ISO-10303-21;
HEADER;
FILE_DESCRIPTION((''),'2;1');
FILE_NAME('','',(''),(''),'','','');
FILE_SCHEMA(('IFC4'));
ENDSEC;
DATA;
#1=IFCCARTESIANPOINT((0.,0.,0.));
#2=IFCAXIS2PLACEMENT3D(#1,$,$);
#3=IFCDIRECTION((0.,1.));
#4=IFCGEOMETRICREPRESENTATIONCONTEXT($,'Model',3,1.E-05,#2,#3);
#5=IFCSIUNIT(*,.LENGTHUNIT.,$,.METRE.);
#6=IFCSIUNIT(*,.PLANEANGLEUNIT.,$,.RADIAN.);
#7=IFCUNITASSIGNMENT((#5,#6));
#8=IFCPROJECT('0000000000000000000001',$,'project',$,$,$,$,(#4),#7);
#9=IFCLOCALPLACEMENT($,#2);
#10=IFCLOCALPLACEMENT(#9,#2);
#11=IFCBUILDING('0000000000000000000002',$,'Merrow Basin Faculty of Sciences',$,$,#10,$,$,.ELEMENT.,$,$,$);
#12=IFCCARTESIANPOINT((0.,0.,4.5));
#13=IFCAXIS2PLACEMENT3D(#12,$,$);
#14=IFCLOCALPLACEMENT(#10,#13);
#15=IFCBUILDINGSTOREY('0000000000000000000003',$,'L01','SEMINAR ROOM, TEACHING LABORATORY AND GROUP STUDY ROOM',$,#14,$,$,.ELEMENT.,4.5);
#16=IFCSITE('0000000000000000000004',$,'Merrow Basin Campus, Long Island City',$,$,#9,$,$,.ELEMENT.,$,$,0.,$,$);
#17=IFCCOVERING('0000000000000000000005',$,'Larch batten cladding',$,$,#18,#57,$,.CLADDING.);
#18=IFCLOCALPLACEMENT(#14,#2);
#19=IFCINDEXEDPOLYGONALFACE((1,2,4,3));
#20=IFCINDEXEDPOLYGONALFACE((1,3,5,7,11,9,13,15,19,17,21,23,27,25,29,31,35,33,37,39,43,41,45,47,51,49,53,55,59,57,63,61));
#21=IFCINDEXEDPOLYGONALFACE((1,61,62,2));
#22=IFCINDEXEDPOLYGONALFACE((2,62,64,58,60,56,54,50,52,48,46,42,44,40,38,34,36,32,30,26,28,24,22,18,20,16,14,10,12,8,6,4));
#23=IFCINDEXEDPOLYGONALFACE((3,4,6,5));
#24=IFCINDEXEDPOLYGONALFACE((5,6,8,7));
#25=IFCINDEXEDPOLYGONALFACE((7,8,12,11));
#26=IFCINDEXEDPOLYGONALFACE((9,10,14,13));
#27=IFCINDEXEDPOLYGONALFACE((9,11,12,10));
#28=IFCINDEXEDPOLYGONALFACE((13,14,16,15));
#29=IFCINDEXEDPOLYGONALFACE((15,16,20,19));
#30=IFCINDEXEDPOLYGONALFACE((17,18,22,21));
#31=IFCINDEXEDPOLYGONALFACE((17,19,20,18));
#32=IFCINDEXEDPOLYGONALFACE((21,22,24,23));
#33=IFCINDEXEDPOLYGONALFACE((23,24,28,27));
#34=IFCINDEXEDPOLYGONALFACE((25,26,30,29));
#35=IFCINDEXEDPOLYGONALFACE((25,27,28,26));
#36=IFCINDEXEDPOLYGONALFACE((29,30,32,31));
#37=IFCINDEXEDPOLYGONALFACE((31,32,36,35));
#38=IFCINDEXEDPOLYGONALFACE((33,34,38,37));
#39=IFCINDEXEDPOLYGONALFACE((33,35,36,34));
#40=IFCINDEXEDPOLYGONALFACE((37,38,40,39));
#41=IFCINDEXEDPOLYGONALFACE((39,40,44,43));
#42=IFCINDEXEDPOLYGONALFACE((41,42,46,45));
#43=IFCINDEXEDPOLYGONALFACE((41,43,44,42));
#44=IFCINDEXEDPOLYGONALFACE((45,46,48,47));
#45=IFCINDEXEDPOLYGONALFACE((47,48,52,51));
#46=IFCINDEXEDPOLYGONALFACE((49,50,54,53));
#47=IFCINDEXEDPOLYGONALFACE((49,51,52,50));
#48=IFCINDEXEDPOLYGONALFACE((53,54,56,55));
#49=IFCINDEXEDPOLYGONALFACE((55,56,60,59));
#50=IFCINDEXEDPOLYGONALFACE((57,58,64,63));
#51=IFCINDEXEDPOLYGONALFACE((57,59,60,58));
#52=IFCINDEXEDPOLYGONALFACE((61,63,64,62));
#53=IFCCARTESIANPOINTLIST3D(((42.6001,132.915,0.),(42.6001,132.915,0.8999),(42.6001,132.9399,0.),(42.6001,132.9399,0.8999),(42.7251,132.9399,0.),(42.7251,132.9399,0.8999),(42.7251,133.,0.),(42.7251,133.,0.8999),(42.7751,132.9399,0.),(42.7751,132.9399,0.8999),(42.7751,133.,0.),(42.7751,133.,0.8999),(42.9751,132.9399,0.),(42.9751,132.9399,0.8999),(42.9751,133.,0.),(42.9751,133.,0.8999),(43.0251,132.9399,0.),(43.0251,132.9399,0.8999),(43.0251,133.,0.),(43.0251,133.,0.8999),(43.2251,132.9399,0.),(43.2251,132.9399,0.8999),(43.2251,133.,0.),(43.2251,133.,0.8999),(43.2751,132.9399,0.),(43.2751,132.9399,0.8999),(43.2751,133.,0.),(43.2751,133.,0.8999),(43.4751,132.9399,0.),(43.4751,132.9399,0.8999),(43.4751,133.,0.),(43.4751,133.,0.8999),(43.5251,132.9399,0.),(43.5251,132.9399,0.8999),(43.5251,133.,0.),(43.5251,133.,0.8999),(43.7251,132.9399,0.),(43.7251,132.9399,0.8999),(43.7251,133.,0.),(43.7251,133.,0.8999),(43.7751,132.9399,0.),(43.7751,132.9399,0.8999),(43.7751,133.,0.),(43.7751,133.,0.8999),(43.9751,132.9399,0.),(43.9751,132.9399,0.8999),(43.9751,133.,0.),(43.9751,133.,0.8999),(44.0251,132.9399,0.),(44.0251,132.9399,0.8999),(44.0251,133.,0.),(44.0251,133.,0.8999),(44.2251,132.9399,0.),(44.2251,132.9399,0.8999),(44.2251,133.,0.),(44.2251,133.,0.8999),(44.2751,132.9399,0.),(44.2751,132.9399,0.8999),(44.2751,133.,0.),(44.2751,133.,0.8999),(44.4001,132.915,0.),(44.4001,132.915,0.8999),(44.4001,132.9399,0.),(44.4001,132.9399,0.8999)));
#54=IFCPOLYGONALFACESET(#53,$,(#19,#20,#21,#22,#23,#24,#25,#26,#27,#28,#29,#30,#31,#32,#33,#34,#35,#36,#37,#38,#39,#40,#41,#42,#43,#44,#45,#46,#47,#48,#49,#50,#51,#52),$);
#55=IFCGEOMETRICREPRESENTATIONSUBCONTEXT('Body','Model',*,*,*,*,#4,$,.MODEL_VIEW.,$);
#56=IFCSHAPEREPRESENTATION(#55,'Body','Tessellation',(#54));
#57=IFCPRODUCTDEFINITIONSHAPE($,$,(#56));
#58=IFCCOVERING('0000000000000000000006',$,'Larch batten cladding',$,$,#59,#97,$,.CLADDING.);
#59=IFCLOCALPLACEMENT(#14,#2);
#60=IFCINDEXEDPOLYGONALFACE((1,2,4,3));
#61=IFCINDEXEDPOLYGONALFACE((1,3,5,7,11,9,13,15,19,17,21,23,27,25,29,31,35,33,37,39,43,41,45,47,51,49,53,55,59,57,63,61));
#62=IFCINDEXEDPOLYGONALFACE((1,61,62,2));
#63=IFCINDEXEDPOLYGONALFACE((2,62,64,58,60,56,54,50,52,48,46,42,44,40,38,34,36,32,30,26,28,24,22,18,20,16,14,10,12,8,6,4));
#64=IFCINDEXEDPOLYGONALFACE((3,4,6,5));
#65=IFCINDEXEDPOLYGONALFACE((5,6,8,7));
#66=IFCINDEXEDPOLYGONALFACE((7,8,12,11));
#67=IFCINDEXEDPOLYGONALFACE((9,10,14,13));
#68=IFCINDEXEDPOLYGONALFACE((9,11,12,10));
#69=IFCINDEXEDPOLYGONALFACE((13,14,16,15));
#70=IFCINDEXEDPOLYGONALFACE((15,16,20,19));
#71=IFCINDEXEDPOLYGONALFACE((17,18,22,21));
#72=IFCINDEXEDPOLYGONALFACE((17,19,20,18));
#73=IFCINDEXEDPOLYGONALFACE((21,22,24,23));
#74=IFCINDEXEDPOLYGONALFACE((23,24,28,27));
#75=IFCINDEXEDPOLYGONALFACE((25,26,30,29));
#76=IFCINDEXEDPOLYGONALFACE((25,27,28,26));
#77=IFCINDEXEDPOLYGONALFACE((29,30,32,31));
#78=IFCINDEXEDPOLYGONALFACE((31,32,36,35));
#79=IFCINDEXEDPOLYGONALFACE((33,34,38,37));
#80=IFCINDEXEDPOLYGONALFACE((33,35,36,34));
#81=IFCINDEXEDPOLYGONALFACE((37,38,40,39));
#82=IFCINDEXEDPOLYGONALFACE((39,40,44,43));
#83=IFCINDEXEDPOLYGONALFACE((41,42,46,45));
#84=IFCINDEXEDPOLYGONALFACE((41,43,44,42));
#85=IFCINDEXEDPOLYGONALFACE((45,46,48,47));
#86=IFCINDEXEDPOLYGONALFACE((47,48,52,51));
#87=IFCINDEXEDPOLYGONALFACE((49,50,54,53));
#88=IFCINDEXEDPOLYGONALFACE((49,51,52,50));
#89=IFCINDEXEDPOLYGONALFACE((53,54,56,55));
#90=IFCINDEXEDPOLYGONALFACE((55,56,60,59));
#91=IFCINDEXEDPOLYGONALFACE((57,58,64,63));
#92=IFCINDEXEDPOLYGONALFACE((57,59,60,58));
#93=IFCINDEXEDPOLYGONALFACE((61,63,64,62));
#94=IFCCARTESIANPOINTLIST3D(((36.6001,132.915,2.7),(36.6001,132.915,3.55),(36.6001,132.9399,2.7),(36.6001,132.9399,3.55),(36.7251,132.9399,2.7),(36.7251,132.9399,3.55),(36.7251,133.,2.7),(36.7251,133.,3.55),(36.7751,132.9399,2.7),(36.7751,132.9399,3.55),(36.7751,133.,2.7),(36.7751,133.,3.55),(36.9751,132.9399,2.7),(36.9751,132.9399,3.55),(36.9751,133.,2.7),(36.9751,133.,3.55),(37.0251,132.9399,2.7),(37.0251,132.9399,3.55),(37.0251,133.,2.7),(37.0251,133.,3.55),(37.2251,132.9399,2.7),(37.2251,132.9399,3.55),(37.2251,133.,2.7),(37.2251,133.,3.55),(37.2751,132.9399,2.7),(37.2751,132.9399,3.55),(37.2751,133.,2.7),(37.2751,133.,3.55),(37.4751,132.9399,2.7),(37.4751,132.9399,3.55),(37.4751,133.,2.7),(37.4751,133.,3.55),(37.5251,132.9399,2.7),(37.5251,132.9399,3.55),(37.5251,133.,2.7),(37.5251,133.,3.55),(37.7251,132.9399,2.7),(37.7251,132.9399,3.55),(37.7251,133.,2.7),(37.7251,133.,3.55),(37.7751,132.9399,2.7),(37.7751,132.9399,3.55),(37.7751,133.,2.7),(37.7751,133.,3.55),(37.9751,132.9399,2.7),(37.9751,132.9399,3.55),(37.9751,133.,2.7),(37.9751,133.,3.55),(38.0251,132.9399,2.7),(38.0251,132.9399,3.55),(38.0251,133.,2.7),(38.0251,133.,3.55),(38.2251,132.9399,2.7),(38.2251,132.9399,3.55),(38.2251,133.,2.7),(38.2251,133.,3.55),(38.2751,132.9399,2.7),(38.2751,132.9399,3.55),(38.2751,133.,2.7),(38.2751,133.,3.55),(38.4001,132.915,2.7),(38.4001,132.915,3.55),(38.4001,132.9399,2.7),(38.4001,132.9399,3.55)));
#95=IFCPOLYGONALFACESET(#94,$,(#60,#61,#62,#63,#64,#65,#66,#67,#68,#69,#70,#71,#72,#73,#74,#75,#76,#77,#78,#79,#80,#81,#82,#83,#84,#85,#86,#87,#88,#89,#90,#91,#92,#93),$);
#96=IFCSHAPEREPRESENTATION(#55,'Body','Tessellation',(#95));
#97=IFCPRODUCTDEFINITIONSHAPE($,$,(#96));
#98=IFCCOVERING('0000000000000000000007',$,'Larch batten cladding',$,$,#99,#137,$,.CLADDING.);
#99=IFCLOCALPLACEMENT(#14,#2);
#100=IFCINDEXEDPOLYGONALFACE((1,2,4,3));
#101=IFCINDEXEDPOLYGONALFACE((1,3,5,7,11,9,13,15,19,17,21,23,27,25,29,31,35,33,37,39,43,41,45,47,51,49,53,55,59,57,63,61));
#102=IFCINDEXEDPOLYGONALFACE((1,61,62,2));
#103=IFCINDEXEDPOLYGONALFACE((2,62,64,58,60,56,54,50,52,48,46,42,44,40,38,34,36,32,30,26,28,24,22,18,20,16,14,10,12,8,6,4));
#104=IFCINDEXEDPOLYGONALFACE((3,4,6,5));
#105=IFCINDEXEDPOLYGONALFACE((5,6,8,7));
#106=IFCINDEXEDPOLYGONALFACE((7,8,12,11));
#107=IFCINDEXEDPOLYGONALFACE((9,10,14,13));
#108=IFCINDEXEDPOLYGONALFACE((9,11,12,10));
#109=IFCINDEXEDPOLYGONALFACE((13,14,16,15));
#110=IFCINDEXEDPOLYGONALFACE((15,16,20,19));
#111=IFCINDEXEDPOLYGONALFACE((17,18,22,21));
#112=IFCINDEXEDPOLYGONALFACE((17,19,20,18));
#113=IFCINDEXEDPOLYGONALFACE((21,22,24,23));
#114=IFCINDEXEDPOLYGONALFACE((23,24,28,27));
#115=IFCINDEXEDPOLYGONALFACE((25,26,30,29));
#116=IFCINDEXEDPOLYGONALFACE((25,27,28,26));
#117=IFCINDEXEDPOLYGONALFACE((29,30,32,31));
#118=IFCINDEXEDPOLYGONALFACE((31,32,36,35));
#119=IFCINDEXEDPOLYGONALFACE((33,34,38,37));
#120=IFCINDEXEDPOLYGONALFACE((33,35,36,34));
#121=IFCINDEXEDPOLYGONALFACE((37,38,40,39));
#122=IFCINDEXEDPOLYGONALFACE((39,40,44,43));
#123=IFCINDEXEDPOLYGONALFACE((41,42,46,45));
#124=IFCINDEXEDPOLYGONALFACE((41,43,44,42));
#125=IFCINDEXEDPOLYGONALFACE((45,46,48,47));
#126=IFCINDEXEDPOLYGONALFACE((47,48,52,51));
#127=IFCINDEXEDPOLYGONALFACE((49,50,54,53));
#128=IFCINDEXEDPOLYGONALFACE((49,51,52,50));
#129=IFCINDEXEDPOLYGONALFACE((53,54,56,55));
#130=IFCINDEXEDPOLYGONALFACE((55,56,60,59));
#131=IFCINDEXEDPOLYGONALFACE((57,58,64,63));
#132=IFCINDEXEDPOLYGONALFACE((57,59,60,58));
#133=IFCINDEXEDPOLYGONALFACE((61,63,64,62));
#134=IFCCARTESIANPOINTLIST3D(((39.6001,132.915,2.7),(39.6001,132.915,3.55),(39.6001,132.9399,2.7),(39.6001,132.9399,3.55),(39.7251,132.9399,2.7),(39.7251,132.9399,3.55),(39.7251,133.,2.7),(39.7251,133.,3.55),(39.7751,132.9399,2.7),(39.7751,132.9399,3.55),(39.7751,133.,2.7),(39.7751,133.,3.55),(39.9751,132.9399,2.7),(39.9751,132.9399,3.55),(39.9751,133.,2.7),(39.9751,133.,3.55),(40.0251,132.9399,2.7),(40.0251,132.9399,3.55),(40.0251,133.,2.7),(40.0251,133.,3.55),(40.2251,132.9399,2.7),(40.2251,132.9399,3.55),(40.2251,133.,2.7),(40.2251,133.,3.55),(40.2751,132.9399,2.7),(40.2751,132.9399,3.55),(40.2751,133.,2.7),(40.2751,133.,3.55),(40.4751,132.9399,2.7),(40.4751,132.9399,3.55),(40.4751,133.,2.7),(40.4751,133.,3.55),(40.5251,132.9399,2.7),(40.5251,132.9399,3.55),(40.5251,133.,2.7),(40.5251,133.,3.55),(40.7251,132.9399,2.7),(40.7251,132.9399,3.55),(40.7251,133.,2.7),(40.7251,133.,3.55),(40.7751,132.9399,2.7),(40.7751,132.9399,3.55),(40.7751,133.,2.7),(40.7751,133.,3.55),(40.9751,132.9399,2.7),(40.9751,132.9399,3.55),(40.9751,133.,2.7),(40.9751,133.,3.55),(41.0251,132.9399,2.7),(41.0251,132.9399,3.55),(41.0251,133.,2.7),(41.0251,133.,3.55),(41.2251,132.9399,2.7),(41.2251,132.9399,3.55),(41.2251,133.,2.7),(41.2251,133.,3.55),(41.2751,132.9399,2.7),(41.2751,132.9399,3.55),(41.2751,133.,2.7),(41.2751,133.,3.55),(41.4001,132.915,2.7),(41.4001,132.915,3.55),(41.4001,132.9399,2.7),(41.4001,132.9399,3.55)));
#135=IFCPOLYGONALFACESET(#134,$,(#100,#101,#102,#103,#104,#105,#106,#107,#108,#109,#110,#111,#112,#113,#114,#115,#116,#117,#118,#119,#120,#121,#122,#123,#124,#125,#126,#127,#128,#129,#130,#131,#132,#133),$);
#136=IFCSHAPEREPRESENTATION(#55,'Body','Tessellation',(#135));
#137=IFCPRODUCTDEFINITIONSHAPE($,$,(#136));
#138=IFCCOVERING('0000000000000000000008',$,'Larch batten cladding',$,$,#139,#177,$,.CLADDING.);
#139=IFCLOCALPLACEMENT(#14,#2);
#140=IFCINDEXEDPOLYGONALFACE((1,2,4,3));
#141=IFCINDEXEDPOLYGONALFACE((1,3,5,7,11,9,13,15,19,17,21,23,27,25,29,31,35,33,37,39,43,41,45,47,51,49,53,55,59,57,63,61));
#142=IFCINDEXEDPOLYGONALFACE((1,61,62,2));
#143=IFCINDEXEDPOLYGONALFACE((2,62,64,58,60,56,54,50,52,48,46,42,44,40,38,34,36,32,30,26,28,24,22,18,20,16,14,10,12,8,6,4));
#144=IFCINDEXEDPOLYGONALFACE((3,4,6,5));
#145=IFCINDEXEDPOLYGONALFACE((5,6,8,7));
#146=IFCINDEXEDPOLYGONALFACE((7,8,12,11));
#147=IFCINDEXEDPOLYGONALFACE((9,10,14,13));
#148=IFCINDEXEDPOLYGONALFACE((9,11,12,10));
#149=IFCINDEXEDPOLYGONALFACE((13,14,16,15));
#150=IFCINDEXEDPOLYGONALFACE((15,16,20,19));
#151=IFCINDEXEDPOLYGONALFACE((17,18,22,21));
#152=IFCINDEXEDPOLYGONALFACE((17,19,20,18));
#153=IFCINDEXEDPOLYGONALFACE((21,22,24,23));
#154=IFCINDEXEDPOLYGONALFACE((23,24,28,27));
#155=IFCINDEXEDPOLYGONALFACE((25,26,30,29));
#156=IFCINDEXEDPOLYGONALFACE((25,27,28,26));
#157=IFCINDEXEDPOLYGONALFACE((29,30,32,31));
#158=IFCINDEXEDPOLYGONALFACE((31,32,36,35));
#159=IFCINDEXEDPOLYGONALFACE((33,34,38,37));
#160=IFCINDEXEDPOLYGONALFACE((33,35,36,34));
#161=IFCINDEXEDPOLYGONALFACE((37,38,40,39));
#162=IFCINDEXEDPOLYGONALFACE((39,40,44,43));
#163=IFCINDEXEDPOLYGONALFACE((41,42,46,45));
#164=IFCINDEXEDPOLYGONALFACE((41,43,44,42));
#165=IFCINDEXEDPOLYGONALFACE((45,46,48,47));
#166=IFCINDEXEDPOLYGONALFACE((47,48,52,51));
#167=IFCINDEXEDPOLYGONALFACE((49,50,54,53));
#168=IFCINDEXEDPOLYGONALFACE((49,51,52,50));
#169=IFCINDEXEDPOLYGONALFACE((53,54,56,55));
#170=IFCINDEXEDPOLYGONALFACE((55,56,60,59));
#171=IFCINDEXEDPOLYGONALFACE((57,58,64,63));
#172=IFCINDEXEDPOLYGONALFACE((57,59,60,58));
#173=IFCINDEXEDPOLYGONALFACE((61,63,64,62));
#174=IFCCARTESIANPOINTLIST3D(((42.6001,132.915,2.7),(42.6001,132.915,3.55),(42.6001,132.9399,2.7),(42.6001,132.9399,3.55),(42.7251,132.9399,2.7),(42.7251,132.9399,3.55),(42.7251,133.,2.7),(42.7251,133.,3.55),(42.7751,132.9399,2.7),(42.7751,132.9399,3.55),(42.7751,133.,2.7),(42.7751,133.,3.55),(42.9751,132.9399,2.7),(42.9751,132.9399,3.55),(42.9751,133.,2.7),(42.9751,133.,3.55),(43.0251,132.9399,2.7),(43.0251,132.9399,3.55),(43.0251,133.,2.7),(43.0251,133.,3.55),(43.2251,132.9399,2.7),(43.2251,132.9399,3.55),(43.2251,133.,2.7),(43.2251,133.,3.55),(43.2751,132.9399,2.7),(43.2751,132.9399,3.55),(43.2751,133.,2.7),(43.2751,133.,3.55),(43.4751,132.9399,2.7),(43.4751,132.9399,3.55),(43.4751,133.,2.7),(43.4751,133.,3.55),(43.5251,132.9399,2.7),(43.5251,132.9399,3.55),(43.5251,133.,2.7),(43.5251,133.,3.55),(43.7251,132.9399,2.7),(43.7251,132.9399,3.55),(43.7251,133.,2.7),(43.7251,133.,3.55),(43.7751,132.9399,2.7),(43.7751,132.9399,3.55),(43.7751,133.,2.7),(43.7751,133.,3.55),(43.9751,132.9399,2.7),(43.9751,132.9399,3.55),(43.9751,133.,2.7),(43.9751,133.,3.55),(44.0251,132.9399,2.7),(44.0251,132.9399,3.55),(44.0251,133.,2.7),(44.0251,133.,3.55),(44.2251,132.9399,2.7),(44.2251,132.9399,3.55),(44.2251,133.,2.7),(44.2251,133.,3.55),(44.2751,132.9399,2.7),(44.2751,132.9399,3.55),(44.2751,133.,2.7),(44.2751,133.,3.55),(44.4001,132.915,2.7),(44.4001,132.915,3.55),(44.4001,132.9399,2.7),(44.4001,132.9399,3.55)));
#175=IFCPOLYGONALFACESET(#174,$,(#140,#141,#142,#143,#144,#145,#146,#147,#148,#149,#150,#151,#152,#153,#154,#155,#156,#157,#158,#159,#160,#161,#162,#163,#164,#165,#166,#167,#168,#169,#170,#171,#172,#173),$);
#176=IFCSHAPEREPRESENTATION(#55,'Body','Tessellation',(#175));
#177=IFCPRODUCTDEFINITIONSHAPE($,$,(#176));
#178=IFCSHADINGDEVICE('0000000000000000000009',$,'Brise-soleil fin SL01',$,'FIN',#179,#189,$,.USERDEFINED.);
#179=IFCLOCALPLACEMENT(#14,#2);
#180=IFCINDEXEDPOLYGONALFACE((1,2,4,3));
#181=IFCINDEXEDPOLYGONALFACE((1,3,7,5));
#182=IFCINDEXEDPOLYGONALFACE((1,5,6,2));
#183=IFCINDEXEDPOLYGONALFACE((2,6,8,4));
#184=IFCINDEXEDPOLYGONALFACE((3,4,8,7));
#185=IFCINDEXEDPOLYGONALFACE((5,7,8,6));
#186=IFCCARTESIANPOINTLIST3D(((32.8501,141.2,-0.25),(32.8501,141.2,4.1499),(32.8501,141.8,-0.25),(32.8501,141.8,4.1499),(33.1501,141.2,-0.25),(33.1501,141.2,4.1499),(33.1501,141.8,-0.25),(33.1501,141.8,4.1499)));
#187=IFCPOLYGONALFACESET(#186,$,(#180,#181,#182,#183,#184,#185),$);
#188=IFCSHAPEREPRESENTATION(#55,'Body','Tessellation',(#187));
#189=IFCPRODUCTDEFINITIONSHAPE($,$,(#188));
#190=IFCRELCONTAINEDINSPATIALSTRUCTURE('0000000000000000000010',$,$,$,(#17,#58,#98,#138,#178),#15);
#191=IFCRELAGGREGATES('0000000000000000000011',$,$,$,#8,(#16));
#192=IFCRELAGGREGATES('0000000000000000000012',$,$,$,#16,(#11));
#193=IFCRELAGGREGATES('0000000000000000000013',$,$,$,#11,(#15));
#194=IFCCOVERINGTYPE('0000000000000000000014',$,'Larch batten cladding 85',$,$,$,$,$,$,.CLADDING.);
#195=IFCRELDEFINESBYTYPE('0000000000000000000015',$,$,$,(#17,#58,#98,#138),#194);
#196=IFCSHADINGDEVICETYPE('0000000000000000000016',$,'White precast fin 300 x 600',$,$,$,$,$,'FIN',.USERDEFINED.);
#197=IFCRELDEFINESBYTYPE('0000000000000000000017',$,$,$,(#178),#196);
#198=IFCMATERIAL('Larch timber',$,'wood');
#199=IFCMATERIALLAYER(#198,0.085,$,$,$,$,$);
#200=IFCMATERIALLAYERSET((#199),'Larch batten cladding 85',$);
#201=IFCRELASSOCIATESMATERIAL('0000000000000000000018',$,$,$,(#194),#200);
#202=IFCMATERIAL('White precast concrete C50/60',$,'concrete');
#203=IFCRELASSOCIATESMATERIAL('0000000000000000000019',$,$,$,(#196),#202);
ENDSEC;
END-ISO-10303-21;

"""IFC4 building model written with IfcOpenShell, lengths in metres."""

from ifc_helpers import new_model, si_unit, direction, frame, origin, place, context, subcontext, project, spatial, polyline, outline, extrude, source, transform, mapped, material, layer, layer_set, type_object, element, save


model = new_model("IFC4")

# Units and contexts
model_context = context("Model", 3, precision=1e-05, world=origin(), true_north=direction((0.0, 1.0)))
body_context = subcontext(model_context, "Body", "Model", "MODEL_VIEW")
ifc_project = project(units=[si_unit("LENGTHUNIT", "METRE"), si_unit("PLANEANGLEUNIT", "RADIAN")], contexts=[model_context])

# Site, building, storey
site_placement = place(None, origin())
site = spatial("IfcSite", under=ifc_project, at=site_placement, Name="Merrow Basin Campus, Long Island City", CompositionType="ELEMENT", RefElevation=0.0)
building_placement = place(site_placement, origin())
building = spatial("IfcBuilding", under=site, at=building_placement, Name="Merrow Basin Faculty of Sciences", CompositionType="ELEMENT")
storey_placement = place(building_placement, frame((0.0, 0.0, 4.5)))
storey = spatial("IfcBuildingStorey", under=building, at=storey_placement, Name="L01", Description="SEMINAR ROOM, TEACHING LABORATORY AND GROUP STUDY ROOM", CompositionType="ELEMENT", Elevation=4.5)

# Coverings
ifc_material_1 = material(Name="Larch timber", Category="wood")
ifc_layer_1 = layer(ifc_material_1, 0.085)
ifc_layer_set_1 = layer_set([ifc_layer_1], Name="Larch batten cladding 85")
covering_type = type_object("IfcCoveringType", Name="Larch batten cladding 85", PredefinedType="CLADDING", material=ifc_layer_set_1)
shared_shape_1 = source(origin(), body_context, "Body", "SweptSolid", [
    extrude(outline(polyline([(0.0, 0.0), (1.8, 0.0), (1.8, 0.0249), (1.675, 0.0249), (1.675, 0.085), (1.625, 0.085), (1.625, 0.0249), (1.425, 0.0249), (1.425, 0.085), (1.375, 0.085), (1.375, 0.0249), (1.175, 0.0249), (1.175, 0.085), (1.125, 0.085), (1.125, 0.0249), (0.925, 0.0249), (0.925, 0.085), (0.875, 0.085), (0.875, 0.0249), (0.675, 0.0249), (0.675, 0.085), (0.625, 0.085), (0.625, 0.0249), (0.425, 0.0249), (0.425, 0.085), (0.375, 0.085), (0.375, 0.0249), (0.175, 0.0249), (0.175, 0.085), (0.125, 0.085), (0.125, 0.0249), (0.0, 0.0249), (0.0, 0.0)])), origin(), (0.0, 0.0, 1.0), 0.8999),
])
for number, where, z_axis, x_axis, name in (
    (1, (42.6001, 132.915, 0.0), (0.0, 0.0, 1.0), (1.0, 0.0, 0.0), "Larch batten cladding"),
):
    element("IfcCovering", number, at=place(storey_placement, frame(where, z_axis=z_axis, x_axis=x_axis)), inside=storey, type_object=covering_type, Name=name, PredefinedType="CLADDING", context=body_context, shape_type="MappedRepresentation", body=[
        mapped(shared_shape_1, transform((0.0, 0.0, 0.0), scale=1.0)),
    ])
shared_shape_2 = source(origin(), body_context, "Body", "SweptSolid", [
    extrude(outline(polyline([(0.0, 0.0), (1.8, 0.0), (1.8, 0.0249), (1.675, 0.0249), (1.675, 0.085), (1.625, 0.085), (1.625, 0.0249), (1.425, 0.0249), (1.425, 0.085), (1.375, 0.085), (1.375, 0.0249), (1.175, 0.0249), (1.175, 0.085), (1.125, 0.085), (1.125, 0.0249), (0.925, 0.0249), (0.925, 0.085), (0.875, 0.085), (0.875, 0.0249), (0.675, 0.0249), (0.675, 0.085), (0.625, 0.085), (0.625, 0.0249), (0.425, 0.0249), (0.425, 0.085), (0.375, 0.085), (0.375, 0.0249), (0.175, 0.0249), (0.175, 0.085), (0.125, 0.085), (0.125, 0.0249), (0.0, 0.0249), (0.0, 0.0)])), origin(), (0.0, 0.0, 1.0), 0.8501),
])
for number, where, z_axis, x_axis, name in (
    (2, (36.6001, 132.915, 2.7), (0.0, 0.0, 1.0), (1.0, 0.0, 0.0), "Larch batten cladding"),
    (3, (39.6001, 132.915, 2.7), (0.0, 0.0, 1.0), (1.0, 0.0, 0.0), "Larch batten cladding"),
    (4, (42.6001, 132.915, 2.7), (0.0, 0.0, 1.0), (1.0, 0.0, 0.0), "Larch batten cladding"),
):
    element("IfcCovering", number, at=place(storey_placement, frame(where, z_axis=z_axis, x_axis=x_axis)), inside=storey, type_object=covering_type, Name=name, PredefinedType="CLADDING", context=body_context, shape_type="MappedRepresentation", body=[
        mapped(shared_shape_2, transform((0.0, 0.0, 0.0), scale=1.0)),
    ])

# Shading device
ifc_material_2 = material(Name="White precast concrete C50/60", Category="concrete")
shading_device_type = type_object("IfcShadingDeviceType", Name="White precast fin 300 x 600", ElementType="FIN", PredefinedType="USERDEFINED", material=ifc_material_2)
shared_shape_3 = source(origin(), body_context, "Body", "SweptSolid", [
    extrude(outline(polyline([(0.0, 0.0), (0.3, 0.0), (0.3, 4.3999), (0.0, 4.3999), (0.0, 0.0)])), origin(), (0.0, 0.0, 1.0), 0.6001),
])
for number, where, z_axis, x_axis, name in (
    (5, (32.8501, 141.8, -0.25), (0.0, -1.0, 0.0), (1.0, 0.0, 0.0), "Brise-soleil fin SL01"),
):
    element("IfcShadingDevice", number, at=place(storey_placement, frame(where, z_axis=z_axis, x_axis=x_axis)), inside=storey, type_object=shading_device_type, Name=name, ObjectType="FIN", PredefinedType="USERDEFINED", context=body_context, shape_type="MappedRepresentation", body=[
        mapped(shared_shape_3, transform((0.0, 0.0, 0.0), scale=1.0)),
    ])

save(model, "model.ifc")
